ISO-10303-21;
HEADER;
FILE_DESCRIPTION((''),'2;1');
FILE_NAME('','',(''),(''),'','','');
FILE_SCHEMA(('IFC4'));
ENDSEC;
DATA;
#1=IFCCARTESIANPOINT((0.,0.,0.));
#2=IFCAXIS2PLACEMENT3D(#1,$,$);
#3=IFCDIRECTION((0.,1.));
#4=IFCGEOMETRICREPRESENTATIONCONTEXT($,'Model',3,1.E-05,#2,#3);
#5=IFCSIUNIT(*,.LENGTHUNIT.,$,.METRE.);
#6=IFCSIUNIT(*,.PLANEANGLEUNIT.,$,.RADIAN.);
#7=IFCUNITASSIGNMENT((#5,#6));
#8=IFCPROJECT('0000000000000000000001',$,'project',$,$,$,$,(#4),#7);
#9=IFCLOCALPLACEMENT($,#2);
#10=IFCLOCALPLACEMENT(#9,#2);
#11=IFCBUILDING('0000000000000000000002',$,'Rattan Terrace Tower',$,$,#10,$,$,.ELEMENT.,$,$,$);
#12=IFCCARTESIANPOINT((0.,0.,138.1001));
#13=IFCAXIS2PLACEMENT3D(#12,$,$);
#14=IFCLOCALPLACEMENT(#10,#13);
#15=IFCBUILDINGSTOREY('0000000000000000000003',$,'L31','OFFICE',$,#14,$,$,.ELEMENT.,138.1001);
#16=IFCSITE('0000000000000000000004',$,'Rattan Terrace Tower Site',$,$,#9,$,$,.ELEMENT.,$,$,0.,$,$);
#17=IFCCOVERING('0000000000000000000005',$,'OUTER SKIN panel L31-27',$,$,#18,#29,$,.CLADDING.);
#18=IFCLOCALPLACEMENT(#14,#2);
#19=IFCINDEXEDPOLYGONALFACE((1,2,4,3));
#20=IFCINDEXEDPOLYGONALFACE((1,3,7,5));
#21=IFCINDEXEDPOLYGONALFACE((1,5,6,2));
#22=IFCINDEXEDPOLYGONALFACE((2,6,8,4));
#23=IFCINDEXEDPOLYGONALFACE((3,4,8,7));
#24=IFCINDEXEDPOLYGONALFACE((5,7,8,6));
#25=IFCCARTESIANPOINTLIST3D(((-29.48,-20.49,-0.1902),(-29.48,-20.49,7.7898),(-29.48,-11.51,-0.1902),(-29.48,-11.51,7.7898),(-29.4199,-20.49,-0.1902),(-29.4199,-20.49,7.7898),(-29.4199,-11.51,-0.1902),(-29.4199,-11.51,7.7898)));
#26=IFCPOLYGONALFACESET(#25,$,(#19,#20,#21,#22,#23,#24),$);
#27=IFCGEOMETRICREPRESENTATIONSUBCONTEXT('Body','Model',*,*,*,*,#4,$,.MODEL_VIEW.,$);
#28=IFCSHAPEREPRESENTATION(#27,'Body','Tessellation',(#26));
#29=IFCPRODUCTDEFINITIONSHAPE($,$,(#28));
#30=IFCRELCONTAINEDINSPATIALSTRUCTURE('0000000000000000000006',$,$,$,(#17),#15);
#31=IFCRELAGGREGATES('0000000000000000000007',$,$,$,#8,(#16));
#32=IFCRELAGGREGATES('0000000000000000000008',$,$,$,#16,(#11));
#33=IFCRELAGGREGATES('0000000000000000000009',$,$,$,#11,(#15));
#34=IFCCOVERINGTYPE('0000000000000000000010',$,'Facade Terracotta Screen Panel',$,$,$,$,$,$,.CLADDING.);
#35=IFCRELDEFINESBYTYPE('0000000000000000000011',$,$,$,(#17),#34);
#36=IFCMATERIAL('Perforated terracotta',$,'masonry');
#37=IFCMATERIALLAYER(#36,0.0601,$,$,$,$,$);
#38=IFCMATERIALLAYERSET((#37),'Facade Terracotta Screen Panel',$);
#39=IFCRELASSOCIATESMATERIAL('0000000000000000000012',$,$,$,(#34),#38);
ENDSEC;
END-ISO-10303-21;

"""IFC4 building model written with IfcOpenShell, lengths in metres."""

from ifc_helpers import new_model, si_unit, direction, frame, origin, origin_2d, place, context, subcontext, project, spatial, rectangle, extrude, material, layer, layer_set, type_object, element, save


model = new_model("IFC4")

# Units and contexts
model_context = context("Model", 3, precision=1e-05, world=origin(), true_north=direction((0.0, 1.0)))
body_context = subcontext(model_context, "Body", "Model", "MODEL_VIEW")
ifc_project = project(units=[si_unit("LENGTHUNIT", "METRE"), si_unit("PLANEANGLEUNIT", "RADIAN")], contexts=[model_context])

# Site, building, storey
site_placement = place(None, origin())
site = spatial("IfcSite", under=ifc_project, at=site_placement, Name="Rattan Terrace Tower Site", CompositionType="ELEMENT", RefElevation=0.0)
building_placement = place(site_placement, origin())
building = spatial("IfcBuilding", under=site, at=building_placement, Name="Rattan Terrace Tower", CompositionType="ELEMENT")
storey_placement = place(building_placement, frame((0.0, 0.0, 138.1001)))
storey = spatial("IfcBuildingStorey", under=building, at=storey_placement, Name="L31", Description="OFFICE", CompositionType="ELEMENT", Elevation=138.1001)

# Covering
ifc_material_1 = material(Name="Perforated terracotta", Category="masonry")
ifc_layer_1 = layer(ifc_material_1, 0.0601)
ifc_layer_set_1 = layer_set([ifc_layer_1], Name="Facade Terracotta Screen Panel")
covering_type = type_object("IfcCoveringType", Name="Facade Terracotta Screen Panel", PredefinedType="CLADDING", material=ifc_layer_set_1)
for number, where, z_axis, x_axis, name in (
    (1, (-29.45, -16.0, -0.1902), (0.0, 0.0, 1.0), (0.0, -1.0, 0.0), "OUTER SKIN panel L31-27"),
):
    element("IfcCovering", number, at=place(storey_placement, frame(where, z_axis=z_axis, x_axis=x_axis)), inside=storey, type_object=covering_type, Name=name, PredefinedType="CLADDING", context=body_context, shape_type="SweptSolid", body=[
        extrude(rectangle(XDim=8.98, YDim=0.0601, at=origin_2d()), origin(), (0.0, 0.0, 1.0), 7.98),
    ])

save(model, "model.ifc")
